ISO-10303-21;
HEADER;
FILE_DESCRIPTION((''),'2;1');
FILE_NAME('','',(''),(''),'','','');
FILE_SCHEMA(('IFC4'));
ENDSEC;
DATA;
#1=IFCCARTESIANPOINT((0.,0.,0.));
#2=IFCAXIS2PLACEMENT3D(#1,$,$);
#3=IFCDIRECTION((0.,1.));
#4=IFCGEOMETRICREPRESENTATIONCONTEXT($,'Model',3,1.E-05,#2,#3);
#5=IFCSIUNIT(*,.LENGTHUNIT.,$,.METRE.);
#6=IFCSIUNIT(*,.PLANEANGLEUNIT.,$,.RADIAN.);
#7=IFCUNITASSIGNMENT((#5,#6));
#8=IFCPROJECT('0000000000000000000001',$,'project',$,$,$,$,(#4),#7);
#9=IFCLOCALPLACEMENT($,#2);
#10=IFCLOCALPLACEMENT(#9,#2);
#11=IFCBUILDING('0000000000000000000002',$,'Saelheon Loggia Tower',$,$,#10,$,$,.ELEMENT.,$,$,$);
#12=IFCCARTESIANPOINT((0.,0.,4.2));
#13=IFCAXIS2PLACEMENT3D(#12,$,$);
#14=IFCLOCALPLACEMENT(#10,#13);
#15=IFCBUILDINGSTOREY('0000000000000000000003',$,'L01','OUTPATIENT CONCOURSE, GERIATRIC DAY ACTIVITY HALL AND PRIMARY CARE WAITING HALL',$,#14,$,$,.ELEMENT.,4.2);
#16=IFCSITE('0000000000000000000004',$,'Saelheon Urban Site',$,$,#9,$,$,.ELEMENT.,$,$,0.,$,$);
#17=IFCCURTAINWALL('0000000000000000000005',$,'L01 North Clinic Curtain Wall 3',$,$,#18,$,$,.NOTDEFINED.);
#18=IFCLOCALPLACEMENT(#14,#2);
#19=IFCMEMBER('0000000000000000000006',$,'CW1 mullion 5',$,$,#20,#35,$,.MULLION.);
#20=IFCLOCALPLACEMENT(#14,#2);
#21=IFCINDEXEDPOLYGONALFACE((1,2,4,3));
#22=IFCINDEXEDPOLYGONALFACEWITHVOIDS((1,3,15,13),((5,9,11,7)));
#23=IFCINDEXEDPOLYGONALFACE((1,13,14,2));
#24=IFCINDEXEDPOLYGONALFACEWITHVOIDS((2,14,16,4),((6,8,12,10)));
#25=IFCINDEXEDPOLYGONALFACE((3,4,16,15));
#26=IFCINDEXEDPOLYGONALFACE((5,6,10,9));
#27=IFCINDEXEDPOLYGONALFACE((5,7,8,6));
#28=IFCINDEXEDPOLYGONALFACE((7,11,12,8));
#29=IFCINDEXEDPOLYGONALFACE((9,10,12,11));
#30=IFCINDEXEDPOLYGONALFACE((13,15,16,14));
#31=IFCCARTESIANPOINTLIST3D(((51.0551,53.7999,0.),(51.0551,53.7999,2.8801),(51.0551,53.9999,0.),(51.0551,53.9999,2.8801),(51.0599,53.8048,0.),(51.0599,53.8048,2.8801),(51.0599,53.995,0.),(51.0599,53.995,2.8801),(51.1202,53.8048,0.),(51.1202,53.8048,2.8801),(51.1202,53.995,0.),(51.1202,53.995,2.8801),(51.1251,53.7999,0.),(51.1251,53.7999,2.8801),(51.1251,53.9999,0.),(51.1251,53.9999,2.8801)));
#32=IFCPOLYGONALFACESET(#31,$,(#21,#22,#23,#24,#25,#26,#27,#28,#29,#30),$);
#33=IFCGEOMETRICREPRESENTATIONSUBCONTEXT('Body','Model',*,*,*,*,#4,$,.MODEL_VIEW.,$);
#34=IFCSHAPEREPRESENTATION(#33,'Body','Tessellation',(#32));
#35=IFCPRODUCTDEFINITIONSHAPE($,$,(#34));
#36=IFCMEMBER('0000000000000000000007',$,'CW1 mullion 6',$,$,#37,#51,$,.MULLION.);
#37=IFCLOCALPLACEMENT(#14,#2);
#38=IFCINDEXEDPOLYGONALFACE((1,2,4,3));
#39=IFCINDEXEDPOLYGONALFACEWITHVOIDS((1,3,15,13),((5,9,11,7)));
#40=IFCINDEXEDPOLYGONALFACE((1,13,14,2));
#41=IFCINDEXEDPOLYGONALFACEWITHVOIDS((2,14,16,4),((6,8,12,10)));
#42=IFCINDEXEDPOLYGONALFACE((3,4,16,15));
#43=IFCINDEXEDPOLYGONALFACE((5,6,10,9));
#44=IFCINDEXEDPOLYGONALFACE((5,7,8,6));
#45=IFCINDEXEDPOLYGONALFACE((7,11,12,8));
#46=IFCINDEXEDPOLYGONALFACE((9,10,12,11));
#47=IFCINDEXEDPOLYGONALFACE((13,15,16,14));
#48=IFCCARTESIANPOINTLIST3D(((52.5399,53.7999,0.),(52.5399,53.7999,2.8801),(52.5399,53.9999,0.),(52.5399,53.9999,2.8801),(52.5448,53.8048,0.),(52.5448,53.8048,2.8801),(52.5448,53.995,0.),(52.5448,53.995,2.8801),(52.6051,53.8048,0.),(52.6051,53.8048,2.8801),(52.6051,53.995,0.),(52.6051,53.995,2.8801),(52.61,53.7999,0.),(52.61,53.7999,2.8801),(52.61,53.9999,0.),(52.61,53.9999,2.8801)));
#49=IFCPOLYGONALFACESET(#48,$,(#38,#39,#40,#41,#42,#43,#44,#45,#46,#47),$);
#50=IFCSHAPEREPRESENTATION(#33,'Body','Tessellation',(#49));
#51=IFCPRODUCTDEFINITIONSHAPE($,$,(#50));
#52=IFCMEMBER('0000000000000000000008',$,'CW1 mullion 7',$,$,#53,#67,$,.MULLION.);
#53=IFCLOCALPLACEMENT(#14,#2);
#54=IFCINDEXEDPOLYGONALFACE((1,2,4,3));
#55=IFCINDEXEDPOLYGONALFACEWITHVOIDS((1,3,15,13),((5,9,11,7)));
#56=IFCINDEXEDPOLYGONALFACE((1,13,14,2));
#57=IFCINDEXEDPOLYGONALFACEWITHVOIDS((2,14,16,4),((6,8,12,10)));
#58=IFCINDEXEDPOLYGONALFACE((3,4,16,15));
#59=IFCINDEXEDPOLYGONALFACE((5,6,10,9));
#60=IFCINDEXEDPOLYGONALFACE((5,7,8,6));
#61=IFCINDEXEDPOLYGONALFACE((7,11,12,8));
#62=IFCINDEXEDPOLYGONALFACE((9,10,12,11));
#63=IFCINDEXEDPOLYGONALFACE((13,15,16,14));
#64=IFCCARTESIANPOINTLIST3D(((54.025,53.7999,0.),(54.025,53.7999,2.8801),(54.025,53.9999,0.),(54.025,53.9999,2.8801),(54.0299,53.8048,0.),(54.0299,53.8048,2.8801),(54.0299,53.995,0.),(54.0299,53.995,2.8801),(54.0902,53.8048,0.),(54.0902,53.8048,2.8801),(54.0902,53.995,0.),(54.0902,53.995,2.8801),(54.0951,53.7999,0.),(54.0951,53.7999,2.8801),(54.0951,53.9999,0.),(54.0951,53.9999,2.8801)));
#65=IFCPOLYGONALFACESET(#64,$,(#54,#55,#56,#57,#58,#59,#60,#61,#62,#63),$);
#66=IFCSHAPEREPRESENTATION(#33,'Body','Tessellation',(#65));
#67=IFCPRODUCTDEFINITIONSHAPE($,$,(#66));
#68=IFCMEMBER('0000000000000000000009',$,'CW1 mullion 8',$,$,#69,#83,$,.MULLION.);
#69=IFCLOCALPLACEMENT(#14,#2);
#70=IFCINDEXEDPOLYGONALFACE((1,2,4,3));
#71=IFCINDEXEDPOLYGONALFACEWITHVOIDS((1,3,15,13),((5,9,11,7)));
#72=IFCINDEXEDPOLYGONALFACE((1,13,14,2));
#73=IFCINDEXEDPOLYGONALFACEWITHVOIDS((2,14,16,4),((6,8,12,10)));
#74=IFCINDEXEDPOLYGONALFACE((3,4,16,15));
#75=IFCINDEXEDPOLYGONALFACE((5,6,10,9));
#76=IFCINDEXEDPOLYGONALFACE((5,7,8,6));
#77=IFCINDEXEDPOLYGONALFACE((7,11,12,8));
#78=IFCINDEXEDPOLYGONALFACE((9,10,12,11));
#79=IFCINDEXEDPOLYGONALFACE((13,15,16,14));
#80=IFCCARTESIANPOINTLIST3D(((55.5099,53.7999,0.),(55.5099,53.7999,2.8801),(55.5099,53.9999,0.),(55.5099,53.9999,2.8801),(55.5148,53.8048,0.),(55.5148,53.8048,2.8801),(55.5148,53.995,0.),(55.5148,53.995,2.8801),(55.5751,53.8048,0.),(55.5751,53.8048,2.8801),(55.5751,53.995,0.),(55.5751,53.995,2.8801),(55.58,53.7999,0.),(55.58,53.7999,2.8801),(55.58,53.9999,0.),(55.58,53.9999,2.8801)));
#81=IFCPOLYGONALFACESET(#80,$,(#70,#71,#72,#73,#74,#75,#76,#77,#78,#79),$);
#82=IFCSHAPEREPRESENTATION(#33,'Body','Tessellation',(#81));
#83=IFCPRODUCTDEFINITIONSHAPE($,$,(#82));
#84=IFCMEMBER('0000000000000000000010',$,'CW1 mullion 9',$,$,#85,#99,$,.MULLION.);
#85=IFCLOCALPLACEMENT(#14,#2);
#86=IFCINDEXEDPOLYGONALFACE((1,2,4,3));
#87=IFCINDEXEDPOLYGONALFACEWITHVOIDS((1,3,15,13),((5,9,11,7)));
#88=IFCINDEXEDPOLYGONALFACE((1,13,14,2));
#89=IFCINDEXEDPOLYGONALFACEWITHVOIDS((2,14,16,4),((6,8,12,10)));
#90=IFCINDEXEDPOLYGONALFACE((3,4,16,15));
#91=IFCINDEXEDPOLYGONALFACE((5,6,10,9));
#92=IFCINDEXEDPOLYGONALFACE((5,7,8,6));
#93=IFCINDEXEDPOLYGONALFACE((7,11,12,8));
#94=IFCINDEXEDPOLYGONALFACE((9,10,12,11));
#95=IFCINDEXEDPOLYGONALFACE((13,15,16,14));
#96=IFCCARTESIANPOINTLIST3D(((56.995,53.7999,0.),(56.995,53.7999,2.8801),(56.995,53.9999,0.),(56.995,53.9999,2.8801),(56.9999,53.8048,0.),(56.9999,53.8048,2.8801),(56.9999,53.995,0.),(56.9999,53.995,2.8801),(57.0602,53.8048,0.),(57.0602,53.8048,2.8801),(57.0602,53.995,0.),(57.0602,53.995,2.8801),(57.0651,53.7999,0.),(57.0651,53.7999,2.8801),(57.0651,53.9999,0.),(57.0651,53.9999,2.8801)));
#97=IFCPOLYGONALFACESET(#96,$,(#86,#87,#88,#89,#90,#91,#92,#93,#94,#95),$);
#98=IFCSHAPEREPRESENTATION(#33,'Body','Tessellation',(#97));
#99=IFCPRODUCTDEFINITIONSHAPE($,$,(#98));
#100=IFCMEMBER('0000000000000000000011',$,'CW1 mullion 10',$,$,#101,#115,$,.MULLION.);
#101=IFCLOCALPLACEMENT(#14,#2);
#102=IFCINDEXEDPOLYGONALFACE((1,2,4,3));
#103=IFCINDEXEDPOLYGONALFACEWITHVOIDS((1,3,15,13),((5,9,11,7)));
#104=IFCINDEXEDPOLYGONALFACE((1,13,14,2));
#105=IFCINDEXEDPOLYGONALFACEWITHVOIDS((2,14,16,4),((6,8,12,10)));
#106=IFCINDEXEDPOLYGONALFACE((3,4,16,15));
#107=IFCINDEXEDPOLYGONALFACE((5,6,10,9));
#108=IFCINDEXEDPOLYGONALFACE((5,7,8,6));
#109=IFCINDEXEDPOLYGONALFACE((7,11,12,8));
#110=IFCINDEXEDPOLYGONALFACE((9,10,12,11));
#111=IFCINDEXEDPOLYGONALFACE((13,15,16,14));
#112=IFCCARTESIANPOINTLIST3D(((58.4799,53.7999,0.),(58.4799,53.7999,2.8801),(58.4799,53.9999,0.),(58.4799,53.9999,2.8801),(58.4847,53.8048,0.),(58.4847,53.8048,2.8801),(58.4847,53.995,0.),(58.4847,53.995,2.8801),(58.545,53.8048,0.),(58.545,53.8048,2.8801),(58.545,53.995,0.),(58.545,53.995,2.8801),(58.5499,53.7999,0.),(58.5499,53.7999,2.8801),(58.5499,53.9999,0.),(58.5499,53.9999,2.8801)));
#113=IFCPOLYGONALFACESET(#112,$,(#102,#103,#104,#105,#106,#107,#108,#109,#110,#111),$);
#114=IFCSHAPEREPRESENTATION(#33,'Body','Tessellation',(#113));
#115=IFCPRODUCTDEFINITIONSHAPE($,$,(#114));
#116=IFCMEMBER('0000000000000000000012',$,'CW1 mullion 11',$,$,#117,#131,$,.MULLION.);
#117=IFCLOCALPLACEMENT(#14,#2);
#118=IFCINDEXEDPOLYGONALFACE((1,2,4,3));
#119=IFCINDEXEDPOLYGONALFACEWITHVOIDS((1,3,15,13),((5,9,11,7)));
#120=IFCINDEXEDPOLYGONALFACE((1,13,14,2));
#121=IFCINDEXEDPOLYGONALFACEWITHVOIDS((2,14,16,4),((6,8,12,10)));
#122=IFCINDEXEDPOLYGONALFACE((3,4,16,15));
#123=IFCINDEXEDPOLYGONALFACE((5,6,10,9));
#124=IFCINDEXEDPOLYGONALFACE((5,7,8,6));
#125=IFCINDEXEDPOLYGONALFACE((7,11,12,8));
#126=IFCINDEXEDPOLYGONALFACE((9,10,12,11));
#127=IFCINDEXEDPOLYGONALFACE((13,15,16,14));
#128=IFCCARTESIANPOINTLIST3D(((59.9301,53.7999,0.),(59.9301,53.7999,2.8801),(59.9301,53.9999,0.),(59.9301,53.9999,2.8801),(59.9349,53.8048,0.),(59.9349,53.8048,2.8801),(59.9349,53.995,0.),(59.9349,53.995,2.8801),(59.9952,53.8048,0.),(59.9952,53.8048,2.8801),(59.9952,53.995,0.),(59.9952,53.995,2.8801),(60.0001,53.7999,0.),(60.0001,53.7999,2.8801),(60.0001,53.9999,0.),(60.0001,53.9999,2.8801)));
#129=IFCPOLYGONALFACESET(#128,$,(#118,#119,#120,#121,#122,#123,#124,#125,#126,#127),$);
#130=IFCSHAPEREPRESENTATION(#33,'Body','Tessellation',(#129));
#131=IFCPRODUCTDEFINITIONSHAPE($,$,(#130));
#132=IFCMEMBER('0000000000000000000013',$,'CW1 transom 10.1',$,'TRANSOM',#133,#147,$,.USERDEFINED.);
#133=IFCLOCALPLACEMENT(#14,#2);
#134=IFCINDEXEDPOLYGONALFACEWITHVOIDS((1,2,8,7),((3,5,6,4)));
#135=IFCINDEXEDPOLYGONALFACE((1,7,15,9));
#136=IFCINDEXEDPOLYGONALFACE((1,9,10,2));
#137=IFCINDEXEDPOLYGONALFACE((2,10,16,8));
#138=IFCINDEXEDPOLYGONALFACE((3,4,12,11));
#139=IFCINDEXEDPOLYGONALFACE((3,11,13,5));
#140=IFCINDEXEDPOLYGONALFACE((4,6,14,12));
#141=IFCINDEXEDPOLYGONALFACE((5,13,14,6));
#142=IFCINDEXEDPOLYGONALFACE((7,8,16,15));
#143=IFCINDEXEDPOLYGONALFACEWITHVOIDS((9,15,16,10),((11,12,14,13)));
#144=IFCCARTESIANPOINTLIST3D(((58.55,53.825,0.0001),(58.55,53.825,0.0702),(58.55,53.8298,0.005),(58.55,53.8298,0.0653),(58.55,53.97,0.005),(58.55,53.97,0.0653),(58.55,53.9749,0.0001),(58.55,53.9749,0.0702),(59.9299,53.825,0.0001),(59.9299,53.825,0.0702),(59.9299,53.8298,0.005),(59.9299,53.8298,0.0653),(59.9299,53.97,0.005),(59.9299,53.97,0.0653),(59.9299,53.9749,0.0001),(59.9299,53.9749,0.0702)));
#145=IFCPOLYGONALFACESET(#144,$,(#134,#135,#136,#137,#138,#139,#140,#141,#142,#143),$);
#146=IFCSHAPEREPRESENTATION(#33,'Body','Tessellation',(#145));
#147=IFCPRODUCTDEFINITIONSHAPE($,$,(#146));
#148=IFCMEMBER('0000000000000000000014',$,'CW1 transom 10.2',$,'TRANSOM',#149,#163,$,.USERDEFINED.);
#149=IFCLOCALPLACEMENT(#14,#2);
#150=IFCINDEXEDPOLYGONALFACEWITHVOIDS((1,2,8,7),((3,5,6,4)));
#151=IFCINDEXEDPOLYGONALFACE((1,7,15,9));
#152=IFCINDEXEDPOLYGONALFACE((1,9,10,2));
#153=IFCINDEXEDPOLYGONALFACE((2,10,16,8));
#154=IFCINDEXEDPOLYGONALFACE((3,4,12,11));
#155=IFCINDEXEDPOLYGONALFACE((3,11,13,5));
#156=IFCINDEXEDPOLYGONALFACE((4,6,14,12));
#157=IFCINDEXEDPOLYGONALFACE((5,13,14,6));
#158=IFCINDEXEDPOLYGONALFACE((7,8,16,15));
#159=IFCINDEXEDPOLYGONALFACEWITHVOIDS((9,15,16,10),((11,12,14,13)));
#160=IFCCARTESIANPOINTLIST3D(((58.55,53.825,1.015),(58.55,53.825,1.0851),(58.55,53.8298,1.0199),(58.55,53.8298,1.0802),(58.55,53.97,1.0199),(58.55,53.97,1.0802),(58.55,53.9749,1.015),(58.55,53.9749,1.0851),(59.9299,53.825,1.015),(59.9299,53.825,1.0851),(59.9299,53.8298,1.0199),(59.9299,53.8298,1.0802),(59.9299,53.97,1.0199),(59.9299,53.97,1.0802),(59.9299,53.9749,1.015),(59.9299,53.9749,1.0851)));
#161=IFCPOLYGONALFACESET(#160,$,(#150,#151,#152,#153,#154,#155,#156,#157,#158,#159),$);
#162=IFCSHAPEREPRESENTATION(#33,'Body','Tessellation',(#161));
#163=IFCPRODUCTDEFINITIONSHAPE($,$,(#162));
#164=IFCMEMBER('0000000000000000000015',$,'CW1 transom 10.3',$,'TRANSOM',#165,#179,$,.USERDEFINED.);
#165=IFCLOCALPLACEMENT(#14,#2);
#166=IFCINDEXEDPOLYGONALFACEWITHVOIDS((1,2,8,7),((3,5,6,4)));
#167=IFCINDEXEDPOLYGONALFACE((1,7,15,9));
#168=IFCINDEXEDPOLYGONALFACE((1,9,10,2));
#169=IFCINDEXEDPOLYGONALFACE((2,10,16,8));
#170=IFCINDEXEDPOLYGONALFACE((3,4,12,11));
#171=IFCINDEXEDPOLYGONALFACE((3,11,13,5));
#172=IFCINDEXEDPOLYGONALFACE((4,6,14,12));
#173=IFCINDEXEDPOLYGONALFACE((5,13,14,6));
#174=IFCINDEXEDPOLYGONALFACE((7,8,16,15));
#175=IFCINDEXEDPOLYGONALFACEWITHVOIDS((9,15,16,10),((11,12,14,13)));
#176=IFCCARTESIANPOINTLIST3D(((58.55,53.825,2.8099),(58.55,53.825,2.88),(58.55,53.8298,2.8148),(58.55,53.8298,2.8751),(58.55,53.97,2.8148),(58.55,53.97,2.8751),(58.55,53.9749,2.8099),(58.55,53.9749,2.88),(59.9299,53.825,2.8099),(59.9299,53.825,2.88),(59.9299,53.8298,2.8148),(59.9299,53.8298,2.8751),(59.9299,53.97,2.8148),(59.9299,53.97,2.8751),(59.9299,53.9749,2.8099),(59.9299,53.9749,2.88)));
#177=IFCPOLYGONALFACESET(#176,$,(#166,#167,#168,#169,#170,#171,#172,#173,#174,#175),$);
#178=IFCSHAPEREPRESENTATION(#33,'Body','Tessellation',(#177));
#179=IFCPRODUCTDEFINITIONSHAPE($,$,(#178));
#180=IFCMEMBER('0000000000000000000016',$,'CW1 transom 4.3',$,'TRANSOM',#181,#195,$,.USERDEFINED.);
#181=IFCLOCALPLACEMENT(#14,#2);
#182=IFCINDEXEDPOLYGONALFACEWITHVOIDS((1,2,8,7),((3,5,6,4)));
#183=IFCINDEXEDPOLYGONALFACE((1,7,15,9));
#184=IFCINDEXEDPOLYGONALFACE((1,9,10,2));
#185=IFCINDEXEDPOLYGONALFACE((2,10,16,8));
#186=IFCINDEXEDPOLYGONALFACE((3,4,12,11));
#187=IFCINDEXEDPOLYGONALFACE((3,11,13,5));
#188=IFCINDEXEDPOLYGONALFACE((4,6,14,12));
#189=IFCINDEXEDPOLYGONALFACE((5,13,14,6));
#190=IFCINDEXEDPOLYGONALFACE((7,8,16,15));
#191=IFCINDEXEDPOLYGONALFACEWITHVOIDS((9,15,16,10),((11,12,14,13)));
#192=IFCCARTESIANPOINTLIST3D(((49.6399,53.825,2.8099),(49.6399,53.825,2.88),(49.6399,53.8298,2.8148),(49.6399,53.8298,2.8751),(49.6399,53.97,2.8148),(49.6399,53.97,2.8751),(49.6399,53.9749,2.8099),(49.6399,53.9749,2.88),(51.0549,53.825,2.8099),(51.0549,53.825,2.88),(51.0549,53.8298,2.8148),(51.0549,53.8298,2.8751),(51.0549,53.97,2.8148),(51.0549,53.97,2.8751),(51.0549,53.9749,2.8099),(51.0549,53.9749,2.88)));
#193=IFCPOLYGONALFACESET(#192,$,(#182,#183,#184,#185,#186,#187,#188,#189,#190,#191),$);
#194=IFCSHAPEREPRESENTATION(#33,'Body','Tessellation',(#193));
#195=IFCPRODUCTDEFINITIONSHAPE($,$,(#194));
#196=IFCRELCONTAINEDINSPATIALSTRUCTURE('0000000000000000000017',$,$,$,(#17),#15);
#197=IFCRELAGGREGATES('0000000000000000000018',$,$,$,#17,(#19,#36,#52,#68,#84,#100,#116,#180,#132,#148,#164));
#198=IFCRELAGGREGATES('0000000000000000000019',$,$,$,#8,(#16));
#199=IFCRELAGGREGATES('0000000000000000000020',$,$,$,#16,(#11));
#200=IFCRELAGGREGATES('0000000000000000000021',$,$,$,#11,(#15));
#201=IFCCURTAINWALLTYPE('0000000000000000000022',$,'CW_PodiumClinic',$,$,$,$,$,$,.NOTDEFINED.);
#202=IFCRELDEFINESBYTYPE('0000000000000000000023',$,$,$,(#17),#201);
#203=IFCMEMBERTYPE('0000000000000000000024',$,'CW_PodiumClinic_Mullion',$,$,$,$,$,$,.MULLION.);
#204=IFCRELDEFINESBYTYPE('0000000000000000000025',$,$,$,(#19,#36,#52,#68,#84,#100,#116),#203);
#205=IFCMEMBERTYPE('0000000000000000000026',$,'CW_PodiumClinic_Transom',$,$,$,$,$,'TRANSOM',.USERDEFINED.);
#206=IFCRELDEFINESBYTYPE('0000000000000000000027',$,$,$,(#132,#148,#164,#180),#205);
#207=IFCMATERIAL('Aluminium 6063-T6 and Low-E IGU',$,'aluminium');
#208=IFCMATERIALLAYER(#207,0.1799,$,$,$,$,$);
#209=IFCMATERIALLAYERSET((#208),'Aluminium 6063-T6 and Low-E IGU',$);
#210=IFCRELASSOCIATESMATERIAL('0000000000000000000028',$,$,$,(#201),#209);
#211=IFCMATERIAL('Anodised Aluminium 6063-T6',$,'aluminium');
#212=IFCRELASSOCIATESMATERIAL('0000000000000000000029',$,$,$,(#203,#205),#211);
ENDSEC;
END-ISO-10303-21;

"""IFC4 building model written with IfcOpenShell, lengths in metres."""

from ifc_helpers import new_model, si_unit, direction, frame, origin, origin_2d, place, context, subcontext, project, spatial, hollow_rectangle, extrude, source, transform, mapped, material, layer, layer_set, material_profile, profile_set, type_object, element, aggregate, save


model = new_model("IFC4")

# Units and contexts
model_context = context("Model", 3, precision=1e-05, world=origin(), true_north=direction((0.0, 1.0)))
body_context = subcontext(model_context, "Body", "Model", "MODEL_VIEW")
ifc_project = project(units=[si_unit("LENGTHUNIT", "METRE"), si_unit("PLANEANGLEUNIT", "RADIAN")], contexts=[model_context])

# Site, building, storey
site_placement = place(None, origin())
site = spatial("IfcSite", under=ifc_project, at=site_placement, Name="Saelheon Urban Site", CompositionType="ELEMENT", RefElevation=0.0)
building_placement = place(site_placement, origin())
building = spatial("IfcBuilding", under=site, at=building_placement, Name="Saelheon Loggia Tower", CompositionType="ELEMENT")
storey_placement = place(building_placement, frame((0.0, 0.0, 4.2)))
storey = spatial("IfcBuildingStorey", under=building, at=storey_placement, Name="L01", Description="OUTPATIENT CONCOURSE, GERIATRIC DAY ACTIVITY HALL AND PRIMARY CARE WAITING HALL", CompositionType="ELEMENT", Elevation=4.2)

# Curtain wall, members
ifc_material_1 = material(Name="Aluminium 6063-T6 and Low-E IGU", Category="aluminium")
ifc_layer_1 = layer(ifc_material_1, 0.1799)
ifc_layer_set_1 = layer_set([ifc_layer_1], Name="Aluminium 6063-T6 and Low-E IGU")
curtain_wall_type = type_object("IfcCurtainWallType", Name="CW_PodiumClinic", PredefinedType="NOTDEFINED", material=ifc_layer_set_1)
curtain_wall_placement = place(storey_placement, origin())
curtain_wall = element("IfcCurtainWall", 1, at=curtain_wall_placement, inside=storey, type_object=curtain_wall_type, Name="L01 North Clinic Curtain Wall 3", PredefinedType="NOTDEFINED")
ifc_material_2 = material(Name="Anodised Aluminium 6063-T6", Category="aluminium")
ifc_material_profile_1 = material_profile(ifc_material_2, hollow_rectangle(XDim=0.0701, YDim=0.2, WallThickness=0.0049, at=origin_2d()), Name="RHS-200x70x5")
ifc_profile_set_1 = profile_set([ifc_material_profile_1], Name="Anodised Aluminium 6063-T6")
member_type_1 = type_object("IfcMemberType", Name="CW_PodiumClinic_Mullion", PredefinedType="MULLION", material=ifc_profile_set_1)
shared_shape_1 = source(origin(), body_context, "Body", "SweptSolid", [
    extrude(hollow_rectangle(XDim=0.0701, YDim=0.2, WallThickness=0.0049, at=origin_2d()), origin(), (0.0, 0.0, 1.0), 2.8801),
])
member_1_placement = place(storey_placement, frame((51.0901, 53.8999, 0.0), z_axis=(0.0, 0.0, 1.0), x_axis=(1.0, 0.0, 0.0)))
member_1 = element("IfcMember", 2, at=member_1_placement, type_object=member_type_1, Name="CW1 mullion 5", PredefinedType="MULLION", context=body_context, shape_type="MappedRepresentation", body=[
    mapped(shared_shape_1, transform((0.0, 0.0, 0.0), scale=1.0)),
])
member_2_placement = place(storey_placement, frame((52.575, 53.8999, 0.0), z_axis=(0.0, 0.0, 1.0), x_axis=(1.0, 0.0, 0.0)))
member_2 = element("IfcMember", 3, at=member_2_placement, type_object=member_type_1, Name="CW1 mullion 6", PredefinedType="MULLION", context=body_context, shape_type="MappedRepresentation", body=[
    mapped(shared_shape_1, transform((0.0, 0.0, 0.0), scale=1.0)),
])
member_3_placement = place(storey_placement, frame((54.0601, 53.8999, 0.0), z_axis=(0.0, 0.0, 1.0), x_axis=(1.0, 0.0, 0.0)))
member_3 = element("IfcMember", 4, at=member_3_placement, type_object=member_type_1, Name="CW1 mullion 7", PredefinedType="MULLION", context=body_context, shape_type="MappedRepresentation", body=[
    mapped(shared_shape_1, transform((0.0, 0.0, 0.0), scale=1.0)),
])
member_4_placement = place(storey_placement, frame((55.5449, 53.8999, 0.0), z_axis=(0.0, 0.0, 1.0), x_axis=(1.0, 0.0, 0.0)))
member_4 = element("IfcMember", 5, at=member_4_placement, type_object=member_type_1, Name="CW1 mullion 8", PredefinedType="MULLION", context=body_context, shape_type="MappedRepresentation", body=[
    mapped(shared_shape_1, transform((0.0, 0.0, 0.0), scale=1.0)),
])
member_5_placement = place(storey_placement, frame((57.03, 53.8999, 0.0), z_axis=(0.0, 0.0, 1.0), x_axis=(1.0, 0.0, 0.0)))
member_5 = element("IfcMember", 6, at=member_5_placement, type_object=member_type_1, Name="CW1 mullion 9", PredefinedType="MULLION", context=body_context, shape_type="MappedRepresentation", body=[
    mapped(shared_shape_1, transform((0.0, 0.0, 0.0), scale=1.0)),
])
member_6_placement = place(storey_placement, frame((58.5149, 53.8999, 0.0), z_axis=(0.0, 0.0, 1.0), x_axis=(1.0, 0.0, 0.0)))
member_6 = element("IfcMember", 7, at=member_6_placement, type_object=member_type_1, Name="CW1 mullion 10", PredefinedType="MULLION", context=body_context, shape_type="MappedRepresentation", body=[
    mapped(shared_shape_1, transform((0.0, 0.0, 0.0), scale=1.0)),
])
member_7_placement = place(storey_placement, frame((59.9651, 53.8999, 0.0), z_axis=(0.0, 0.0, 1.0), x_axis=(1.0, 0.0, 0.0)))
member_7 = element("IfcMember", 8, at=member_7_placement, type_object=member_type_1, Name="CW1 mullion 11", PredefinedType="MULLION", context=body_context, shape_type="MappedRepresentation", body=[
    mapped(shared_shape_1, transform((0.0, 0.0, 0.0), scale=1.0)),
])
ifc_material_profile_2 = material_profile(ifc_material_2, hollow_rectangle(XDim=0.0701, YDim=0.1499, WallThickness=0.0049, at=origin_2d()), Name="RHS-150x70x5")
ifc_profile_set_2 = profile_set([ifc_material_profile_2], Name="Anodised Aluminium 6063-T6")
member_type_2 = type_object("IfcMemberType", Name="CW_PodiumClinic_Transom", ElementType="TRANSOM", PredefinedType="USERDEFINED", material=ifc_profile_set_2)
shared_shape_2 = source(origin(), body_context, "Body", "SweptSolid", [
    extrude(hollow_rectangle(XDim=0.0701, YDim=0.1499, WallThickness=0.0049, at=origin_2d()), origin(), (0.0, 0.0, 1.0), 1.3799),
])
member_8_placement = place(storey_placement, frame((58.55, 53.8999, 0.0352), z_axis=(1.0, 0.0, 0.0), x_axis=(0.0, 0.0, 1.0)))
member_8 = element("IfcMember", 9, at=member_8_placement, type_object=member_type_2, Name="CW1 transom 10.1", ObjectType="TRANSOM", PredefinedType="USERDEFINED", context=body_context, shape_type="MappedRepresentation", body=[
    mapped(shared_shape_2, transform((0.0, 0.0, 0.0), scale=1.0)),
])
member_9_placement = place(storey_placement, frame((58.55, 53.8999, 1.05), z_axis=(1.0, 0.0, 0.0), x_axis=(0.0, 0.0, 1.0)))
member_9 = element("IfcMember", 10, at=member_9_placement, type_object=member_type_2, Name="CW1 transom 10.2", ObjectType="TRANSOM", PredefinedType="USERDEFINED", context=body_context, shape_type="MappedRepresentation", body=[
    mapped(shared_shape_2, transform((0.0, 0.0, 0.0), scale=1.0)),
])
member_10_placement = place(storey_placement, frame((58.55, 53.8999, 2.845), z_axis=(1.0, 0.0, 0.0), x_axis=(0.0, 0.0, 1.0)))
member_10 = element("IfcMember", 11, at=member_10_placement, type_object=member_type_2, Name="CW1 transom 10.3", ObjectType="TRANSOM", PredefinedType="USERDEFINED", context=body_context, shape_type="MappedRepresentation", body=[
    mapped(shared_shape_2, transform((0.0, 0.0, 0.0), scale=1.0)),
])
shared_shape_3 = source(origin(), body_context, "Body", "SweptSolid", [
    extrude(hollow_rectangle(XDim=0.0701, YDim=0.1499, WallThickness=0.0049, at=origin_2d()), origin(), (0.0, 0.0, 1.0), 1.415),
])
member_11_placement = place(storey_placement, frame((49.6399, 53.8999, 2.845), z_axis=(1.0, 0.0, 0.0), x_axis=(0.0, 0.0, 1.0)))
member_11 = element("IfcMember", 12, at=member_11_placement, type_object=member_type_2, Name="CW1 transom 4.3", ObjectType="TRANSOM", PredefinedType="USERDEFINED", context=body_context, shape_type="MappedRepresentation", body=[
    mapped(shared_shape_3, transform((0.0, 0.0, 0.0), scale=1.0)),
])
aggregate(curtain_wall, [member_1, member_2, member_3, member_4, member_5, member_6, member_7, member_11, member_8, member_9, member_10])

save(model, "model.ifc")
